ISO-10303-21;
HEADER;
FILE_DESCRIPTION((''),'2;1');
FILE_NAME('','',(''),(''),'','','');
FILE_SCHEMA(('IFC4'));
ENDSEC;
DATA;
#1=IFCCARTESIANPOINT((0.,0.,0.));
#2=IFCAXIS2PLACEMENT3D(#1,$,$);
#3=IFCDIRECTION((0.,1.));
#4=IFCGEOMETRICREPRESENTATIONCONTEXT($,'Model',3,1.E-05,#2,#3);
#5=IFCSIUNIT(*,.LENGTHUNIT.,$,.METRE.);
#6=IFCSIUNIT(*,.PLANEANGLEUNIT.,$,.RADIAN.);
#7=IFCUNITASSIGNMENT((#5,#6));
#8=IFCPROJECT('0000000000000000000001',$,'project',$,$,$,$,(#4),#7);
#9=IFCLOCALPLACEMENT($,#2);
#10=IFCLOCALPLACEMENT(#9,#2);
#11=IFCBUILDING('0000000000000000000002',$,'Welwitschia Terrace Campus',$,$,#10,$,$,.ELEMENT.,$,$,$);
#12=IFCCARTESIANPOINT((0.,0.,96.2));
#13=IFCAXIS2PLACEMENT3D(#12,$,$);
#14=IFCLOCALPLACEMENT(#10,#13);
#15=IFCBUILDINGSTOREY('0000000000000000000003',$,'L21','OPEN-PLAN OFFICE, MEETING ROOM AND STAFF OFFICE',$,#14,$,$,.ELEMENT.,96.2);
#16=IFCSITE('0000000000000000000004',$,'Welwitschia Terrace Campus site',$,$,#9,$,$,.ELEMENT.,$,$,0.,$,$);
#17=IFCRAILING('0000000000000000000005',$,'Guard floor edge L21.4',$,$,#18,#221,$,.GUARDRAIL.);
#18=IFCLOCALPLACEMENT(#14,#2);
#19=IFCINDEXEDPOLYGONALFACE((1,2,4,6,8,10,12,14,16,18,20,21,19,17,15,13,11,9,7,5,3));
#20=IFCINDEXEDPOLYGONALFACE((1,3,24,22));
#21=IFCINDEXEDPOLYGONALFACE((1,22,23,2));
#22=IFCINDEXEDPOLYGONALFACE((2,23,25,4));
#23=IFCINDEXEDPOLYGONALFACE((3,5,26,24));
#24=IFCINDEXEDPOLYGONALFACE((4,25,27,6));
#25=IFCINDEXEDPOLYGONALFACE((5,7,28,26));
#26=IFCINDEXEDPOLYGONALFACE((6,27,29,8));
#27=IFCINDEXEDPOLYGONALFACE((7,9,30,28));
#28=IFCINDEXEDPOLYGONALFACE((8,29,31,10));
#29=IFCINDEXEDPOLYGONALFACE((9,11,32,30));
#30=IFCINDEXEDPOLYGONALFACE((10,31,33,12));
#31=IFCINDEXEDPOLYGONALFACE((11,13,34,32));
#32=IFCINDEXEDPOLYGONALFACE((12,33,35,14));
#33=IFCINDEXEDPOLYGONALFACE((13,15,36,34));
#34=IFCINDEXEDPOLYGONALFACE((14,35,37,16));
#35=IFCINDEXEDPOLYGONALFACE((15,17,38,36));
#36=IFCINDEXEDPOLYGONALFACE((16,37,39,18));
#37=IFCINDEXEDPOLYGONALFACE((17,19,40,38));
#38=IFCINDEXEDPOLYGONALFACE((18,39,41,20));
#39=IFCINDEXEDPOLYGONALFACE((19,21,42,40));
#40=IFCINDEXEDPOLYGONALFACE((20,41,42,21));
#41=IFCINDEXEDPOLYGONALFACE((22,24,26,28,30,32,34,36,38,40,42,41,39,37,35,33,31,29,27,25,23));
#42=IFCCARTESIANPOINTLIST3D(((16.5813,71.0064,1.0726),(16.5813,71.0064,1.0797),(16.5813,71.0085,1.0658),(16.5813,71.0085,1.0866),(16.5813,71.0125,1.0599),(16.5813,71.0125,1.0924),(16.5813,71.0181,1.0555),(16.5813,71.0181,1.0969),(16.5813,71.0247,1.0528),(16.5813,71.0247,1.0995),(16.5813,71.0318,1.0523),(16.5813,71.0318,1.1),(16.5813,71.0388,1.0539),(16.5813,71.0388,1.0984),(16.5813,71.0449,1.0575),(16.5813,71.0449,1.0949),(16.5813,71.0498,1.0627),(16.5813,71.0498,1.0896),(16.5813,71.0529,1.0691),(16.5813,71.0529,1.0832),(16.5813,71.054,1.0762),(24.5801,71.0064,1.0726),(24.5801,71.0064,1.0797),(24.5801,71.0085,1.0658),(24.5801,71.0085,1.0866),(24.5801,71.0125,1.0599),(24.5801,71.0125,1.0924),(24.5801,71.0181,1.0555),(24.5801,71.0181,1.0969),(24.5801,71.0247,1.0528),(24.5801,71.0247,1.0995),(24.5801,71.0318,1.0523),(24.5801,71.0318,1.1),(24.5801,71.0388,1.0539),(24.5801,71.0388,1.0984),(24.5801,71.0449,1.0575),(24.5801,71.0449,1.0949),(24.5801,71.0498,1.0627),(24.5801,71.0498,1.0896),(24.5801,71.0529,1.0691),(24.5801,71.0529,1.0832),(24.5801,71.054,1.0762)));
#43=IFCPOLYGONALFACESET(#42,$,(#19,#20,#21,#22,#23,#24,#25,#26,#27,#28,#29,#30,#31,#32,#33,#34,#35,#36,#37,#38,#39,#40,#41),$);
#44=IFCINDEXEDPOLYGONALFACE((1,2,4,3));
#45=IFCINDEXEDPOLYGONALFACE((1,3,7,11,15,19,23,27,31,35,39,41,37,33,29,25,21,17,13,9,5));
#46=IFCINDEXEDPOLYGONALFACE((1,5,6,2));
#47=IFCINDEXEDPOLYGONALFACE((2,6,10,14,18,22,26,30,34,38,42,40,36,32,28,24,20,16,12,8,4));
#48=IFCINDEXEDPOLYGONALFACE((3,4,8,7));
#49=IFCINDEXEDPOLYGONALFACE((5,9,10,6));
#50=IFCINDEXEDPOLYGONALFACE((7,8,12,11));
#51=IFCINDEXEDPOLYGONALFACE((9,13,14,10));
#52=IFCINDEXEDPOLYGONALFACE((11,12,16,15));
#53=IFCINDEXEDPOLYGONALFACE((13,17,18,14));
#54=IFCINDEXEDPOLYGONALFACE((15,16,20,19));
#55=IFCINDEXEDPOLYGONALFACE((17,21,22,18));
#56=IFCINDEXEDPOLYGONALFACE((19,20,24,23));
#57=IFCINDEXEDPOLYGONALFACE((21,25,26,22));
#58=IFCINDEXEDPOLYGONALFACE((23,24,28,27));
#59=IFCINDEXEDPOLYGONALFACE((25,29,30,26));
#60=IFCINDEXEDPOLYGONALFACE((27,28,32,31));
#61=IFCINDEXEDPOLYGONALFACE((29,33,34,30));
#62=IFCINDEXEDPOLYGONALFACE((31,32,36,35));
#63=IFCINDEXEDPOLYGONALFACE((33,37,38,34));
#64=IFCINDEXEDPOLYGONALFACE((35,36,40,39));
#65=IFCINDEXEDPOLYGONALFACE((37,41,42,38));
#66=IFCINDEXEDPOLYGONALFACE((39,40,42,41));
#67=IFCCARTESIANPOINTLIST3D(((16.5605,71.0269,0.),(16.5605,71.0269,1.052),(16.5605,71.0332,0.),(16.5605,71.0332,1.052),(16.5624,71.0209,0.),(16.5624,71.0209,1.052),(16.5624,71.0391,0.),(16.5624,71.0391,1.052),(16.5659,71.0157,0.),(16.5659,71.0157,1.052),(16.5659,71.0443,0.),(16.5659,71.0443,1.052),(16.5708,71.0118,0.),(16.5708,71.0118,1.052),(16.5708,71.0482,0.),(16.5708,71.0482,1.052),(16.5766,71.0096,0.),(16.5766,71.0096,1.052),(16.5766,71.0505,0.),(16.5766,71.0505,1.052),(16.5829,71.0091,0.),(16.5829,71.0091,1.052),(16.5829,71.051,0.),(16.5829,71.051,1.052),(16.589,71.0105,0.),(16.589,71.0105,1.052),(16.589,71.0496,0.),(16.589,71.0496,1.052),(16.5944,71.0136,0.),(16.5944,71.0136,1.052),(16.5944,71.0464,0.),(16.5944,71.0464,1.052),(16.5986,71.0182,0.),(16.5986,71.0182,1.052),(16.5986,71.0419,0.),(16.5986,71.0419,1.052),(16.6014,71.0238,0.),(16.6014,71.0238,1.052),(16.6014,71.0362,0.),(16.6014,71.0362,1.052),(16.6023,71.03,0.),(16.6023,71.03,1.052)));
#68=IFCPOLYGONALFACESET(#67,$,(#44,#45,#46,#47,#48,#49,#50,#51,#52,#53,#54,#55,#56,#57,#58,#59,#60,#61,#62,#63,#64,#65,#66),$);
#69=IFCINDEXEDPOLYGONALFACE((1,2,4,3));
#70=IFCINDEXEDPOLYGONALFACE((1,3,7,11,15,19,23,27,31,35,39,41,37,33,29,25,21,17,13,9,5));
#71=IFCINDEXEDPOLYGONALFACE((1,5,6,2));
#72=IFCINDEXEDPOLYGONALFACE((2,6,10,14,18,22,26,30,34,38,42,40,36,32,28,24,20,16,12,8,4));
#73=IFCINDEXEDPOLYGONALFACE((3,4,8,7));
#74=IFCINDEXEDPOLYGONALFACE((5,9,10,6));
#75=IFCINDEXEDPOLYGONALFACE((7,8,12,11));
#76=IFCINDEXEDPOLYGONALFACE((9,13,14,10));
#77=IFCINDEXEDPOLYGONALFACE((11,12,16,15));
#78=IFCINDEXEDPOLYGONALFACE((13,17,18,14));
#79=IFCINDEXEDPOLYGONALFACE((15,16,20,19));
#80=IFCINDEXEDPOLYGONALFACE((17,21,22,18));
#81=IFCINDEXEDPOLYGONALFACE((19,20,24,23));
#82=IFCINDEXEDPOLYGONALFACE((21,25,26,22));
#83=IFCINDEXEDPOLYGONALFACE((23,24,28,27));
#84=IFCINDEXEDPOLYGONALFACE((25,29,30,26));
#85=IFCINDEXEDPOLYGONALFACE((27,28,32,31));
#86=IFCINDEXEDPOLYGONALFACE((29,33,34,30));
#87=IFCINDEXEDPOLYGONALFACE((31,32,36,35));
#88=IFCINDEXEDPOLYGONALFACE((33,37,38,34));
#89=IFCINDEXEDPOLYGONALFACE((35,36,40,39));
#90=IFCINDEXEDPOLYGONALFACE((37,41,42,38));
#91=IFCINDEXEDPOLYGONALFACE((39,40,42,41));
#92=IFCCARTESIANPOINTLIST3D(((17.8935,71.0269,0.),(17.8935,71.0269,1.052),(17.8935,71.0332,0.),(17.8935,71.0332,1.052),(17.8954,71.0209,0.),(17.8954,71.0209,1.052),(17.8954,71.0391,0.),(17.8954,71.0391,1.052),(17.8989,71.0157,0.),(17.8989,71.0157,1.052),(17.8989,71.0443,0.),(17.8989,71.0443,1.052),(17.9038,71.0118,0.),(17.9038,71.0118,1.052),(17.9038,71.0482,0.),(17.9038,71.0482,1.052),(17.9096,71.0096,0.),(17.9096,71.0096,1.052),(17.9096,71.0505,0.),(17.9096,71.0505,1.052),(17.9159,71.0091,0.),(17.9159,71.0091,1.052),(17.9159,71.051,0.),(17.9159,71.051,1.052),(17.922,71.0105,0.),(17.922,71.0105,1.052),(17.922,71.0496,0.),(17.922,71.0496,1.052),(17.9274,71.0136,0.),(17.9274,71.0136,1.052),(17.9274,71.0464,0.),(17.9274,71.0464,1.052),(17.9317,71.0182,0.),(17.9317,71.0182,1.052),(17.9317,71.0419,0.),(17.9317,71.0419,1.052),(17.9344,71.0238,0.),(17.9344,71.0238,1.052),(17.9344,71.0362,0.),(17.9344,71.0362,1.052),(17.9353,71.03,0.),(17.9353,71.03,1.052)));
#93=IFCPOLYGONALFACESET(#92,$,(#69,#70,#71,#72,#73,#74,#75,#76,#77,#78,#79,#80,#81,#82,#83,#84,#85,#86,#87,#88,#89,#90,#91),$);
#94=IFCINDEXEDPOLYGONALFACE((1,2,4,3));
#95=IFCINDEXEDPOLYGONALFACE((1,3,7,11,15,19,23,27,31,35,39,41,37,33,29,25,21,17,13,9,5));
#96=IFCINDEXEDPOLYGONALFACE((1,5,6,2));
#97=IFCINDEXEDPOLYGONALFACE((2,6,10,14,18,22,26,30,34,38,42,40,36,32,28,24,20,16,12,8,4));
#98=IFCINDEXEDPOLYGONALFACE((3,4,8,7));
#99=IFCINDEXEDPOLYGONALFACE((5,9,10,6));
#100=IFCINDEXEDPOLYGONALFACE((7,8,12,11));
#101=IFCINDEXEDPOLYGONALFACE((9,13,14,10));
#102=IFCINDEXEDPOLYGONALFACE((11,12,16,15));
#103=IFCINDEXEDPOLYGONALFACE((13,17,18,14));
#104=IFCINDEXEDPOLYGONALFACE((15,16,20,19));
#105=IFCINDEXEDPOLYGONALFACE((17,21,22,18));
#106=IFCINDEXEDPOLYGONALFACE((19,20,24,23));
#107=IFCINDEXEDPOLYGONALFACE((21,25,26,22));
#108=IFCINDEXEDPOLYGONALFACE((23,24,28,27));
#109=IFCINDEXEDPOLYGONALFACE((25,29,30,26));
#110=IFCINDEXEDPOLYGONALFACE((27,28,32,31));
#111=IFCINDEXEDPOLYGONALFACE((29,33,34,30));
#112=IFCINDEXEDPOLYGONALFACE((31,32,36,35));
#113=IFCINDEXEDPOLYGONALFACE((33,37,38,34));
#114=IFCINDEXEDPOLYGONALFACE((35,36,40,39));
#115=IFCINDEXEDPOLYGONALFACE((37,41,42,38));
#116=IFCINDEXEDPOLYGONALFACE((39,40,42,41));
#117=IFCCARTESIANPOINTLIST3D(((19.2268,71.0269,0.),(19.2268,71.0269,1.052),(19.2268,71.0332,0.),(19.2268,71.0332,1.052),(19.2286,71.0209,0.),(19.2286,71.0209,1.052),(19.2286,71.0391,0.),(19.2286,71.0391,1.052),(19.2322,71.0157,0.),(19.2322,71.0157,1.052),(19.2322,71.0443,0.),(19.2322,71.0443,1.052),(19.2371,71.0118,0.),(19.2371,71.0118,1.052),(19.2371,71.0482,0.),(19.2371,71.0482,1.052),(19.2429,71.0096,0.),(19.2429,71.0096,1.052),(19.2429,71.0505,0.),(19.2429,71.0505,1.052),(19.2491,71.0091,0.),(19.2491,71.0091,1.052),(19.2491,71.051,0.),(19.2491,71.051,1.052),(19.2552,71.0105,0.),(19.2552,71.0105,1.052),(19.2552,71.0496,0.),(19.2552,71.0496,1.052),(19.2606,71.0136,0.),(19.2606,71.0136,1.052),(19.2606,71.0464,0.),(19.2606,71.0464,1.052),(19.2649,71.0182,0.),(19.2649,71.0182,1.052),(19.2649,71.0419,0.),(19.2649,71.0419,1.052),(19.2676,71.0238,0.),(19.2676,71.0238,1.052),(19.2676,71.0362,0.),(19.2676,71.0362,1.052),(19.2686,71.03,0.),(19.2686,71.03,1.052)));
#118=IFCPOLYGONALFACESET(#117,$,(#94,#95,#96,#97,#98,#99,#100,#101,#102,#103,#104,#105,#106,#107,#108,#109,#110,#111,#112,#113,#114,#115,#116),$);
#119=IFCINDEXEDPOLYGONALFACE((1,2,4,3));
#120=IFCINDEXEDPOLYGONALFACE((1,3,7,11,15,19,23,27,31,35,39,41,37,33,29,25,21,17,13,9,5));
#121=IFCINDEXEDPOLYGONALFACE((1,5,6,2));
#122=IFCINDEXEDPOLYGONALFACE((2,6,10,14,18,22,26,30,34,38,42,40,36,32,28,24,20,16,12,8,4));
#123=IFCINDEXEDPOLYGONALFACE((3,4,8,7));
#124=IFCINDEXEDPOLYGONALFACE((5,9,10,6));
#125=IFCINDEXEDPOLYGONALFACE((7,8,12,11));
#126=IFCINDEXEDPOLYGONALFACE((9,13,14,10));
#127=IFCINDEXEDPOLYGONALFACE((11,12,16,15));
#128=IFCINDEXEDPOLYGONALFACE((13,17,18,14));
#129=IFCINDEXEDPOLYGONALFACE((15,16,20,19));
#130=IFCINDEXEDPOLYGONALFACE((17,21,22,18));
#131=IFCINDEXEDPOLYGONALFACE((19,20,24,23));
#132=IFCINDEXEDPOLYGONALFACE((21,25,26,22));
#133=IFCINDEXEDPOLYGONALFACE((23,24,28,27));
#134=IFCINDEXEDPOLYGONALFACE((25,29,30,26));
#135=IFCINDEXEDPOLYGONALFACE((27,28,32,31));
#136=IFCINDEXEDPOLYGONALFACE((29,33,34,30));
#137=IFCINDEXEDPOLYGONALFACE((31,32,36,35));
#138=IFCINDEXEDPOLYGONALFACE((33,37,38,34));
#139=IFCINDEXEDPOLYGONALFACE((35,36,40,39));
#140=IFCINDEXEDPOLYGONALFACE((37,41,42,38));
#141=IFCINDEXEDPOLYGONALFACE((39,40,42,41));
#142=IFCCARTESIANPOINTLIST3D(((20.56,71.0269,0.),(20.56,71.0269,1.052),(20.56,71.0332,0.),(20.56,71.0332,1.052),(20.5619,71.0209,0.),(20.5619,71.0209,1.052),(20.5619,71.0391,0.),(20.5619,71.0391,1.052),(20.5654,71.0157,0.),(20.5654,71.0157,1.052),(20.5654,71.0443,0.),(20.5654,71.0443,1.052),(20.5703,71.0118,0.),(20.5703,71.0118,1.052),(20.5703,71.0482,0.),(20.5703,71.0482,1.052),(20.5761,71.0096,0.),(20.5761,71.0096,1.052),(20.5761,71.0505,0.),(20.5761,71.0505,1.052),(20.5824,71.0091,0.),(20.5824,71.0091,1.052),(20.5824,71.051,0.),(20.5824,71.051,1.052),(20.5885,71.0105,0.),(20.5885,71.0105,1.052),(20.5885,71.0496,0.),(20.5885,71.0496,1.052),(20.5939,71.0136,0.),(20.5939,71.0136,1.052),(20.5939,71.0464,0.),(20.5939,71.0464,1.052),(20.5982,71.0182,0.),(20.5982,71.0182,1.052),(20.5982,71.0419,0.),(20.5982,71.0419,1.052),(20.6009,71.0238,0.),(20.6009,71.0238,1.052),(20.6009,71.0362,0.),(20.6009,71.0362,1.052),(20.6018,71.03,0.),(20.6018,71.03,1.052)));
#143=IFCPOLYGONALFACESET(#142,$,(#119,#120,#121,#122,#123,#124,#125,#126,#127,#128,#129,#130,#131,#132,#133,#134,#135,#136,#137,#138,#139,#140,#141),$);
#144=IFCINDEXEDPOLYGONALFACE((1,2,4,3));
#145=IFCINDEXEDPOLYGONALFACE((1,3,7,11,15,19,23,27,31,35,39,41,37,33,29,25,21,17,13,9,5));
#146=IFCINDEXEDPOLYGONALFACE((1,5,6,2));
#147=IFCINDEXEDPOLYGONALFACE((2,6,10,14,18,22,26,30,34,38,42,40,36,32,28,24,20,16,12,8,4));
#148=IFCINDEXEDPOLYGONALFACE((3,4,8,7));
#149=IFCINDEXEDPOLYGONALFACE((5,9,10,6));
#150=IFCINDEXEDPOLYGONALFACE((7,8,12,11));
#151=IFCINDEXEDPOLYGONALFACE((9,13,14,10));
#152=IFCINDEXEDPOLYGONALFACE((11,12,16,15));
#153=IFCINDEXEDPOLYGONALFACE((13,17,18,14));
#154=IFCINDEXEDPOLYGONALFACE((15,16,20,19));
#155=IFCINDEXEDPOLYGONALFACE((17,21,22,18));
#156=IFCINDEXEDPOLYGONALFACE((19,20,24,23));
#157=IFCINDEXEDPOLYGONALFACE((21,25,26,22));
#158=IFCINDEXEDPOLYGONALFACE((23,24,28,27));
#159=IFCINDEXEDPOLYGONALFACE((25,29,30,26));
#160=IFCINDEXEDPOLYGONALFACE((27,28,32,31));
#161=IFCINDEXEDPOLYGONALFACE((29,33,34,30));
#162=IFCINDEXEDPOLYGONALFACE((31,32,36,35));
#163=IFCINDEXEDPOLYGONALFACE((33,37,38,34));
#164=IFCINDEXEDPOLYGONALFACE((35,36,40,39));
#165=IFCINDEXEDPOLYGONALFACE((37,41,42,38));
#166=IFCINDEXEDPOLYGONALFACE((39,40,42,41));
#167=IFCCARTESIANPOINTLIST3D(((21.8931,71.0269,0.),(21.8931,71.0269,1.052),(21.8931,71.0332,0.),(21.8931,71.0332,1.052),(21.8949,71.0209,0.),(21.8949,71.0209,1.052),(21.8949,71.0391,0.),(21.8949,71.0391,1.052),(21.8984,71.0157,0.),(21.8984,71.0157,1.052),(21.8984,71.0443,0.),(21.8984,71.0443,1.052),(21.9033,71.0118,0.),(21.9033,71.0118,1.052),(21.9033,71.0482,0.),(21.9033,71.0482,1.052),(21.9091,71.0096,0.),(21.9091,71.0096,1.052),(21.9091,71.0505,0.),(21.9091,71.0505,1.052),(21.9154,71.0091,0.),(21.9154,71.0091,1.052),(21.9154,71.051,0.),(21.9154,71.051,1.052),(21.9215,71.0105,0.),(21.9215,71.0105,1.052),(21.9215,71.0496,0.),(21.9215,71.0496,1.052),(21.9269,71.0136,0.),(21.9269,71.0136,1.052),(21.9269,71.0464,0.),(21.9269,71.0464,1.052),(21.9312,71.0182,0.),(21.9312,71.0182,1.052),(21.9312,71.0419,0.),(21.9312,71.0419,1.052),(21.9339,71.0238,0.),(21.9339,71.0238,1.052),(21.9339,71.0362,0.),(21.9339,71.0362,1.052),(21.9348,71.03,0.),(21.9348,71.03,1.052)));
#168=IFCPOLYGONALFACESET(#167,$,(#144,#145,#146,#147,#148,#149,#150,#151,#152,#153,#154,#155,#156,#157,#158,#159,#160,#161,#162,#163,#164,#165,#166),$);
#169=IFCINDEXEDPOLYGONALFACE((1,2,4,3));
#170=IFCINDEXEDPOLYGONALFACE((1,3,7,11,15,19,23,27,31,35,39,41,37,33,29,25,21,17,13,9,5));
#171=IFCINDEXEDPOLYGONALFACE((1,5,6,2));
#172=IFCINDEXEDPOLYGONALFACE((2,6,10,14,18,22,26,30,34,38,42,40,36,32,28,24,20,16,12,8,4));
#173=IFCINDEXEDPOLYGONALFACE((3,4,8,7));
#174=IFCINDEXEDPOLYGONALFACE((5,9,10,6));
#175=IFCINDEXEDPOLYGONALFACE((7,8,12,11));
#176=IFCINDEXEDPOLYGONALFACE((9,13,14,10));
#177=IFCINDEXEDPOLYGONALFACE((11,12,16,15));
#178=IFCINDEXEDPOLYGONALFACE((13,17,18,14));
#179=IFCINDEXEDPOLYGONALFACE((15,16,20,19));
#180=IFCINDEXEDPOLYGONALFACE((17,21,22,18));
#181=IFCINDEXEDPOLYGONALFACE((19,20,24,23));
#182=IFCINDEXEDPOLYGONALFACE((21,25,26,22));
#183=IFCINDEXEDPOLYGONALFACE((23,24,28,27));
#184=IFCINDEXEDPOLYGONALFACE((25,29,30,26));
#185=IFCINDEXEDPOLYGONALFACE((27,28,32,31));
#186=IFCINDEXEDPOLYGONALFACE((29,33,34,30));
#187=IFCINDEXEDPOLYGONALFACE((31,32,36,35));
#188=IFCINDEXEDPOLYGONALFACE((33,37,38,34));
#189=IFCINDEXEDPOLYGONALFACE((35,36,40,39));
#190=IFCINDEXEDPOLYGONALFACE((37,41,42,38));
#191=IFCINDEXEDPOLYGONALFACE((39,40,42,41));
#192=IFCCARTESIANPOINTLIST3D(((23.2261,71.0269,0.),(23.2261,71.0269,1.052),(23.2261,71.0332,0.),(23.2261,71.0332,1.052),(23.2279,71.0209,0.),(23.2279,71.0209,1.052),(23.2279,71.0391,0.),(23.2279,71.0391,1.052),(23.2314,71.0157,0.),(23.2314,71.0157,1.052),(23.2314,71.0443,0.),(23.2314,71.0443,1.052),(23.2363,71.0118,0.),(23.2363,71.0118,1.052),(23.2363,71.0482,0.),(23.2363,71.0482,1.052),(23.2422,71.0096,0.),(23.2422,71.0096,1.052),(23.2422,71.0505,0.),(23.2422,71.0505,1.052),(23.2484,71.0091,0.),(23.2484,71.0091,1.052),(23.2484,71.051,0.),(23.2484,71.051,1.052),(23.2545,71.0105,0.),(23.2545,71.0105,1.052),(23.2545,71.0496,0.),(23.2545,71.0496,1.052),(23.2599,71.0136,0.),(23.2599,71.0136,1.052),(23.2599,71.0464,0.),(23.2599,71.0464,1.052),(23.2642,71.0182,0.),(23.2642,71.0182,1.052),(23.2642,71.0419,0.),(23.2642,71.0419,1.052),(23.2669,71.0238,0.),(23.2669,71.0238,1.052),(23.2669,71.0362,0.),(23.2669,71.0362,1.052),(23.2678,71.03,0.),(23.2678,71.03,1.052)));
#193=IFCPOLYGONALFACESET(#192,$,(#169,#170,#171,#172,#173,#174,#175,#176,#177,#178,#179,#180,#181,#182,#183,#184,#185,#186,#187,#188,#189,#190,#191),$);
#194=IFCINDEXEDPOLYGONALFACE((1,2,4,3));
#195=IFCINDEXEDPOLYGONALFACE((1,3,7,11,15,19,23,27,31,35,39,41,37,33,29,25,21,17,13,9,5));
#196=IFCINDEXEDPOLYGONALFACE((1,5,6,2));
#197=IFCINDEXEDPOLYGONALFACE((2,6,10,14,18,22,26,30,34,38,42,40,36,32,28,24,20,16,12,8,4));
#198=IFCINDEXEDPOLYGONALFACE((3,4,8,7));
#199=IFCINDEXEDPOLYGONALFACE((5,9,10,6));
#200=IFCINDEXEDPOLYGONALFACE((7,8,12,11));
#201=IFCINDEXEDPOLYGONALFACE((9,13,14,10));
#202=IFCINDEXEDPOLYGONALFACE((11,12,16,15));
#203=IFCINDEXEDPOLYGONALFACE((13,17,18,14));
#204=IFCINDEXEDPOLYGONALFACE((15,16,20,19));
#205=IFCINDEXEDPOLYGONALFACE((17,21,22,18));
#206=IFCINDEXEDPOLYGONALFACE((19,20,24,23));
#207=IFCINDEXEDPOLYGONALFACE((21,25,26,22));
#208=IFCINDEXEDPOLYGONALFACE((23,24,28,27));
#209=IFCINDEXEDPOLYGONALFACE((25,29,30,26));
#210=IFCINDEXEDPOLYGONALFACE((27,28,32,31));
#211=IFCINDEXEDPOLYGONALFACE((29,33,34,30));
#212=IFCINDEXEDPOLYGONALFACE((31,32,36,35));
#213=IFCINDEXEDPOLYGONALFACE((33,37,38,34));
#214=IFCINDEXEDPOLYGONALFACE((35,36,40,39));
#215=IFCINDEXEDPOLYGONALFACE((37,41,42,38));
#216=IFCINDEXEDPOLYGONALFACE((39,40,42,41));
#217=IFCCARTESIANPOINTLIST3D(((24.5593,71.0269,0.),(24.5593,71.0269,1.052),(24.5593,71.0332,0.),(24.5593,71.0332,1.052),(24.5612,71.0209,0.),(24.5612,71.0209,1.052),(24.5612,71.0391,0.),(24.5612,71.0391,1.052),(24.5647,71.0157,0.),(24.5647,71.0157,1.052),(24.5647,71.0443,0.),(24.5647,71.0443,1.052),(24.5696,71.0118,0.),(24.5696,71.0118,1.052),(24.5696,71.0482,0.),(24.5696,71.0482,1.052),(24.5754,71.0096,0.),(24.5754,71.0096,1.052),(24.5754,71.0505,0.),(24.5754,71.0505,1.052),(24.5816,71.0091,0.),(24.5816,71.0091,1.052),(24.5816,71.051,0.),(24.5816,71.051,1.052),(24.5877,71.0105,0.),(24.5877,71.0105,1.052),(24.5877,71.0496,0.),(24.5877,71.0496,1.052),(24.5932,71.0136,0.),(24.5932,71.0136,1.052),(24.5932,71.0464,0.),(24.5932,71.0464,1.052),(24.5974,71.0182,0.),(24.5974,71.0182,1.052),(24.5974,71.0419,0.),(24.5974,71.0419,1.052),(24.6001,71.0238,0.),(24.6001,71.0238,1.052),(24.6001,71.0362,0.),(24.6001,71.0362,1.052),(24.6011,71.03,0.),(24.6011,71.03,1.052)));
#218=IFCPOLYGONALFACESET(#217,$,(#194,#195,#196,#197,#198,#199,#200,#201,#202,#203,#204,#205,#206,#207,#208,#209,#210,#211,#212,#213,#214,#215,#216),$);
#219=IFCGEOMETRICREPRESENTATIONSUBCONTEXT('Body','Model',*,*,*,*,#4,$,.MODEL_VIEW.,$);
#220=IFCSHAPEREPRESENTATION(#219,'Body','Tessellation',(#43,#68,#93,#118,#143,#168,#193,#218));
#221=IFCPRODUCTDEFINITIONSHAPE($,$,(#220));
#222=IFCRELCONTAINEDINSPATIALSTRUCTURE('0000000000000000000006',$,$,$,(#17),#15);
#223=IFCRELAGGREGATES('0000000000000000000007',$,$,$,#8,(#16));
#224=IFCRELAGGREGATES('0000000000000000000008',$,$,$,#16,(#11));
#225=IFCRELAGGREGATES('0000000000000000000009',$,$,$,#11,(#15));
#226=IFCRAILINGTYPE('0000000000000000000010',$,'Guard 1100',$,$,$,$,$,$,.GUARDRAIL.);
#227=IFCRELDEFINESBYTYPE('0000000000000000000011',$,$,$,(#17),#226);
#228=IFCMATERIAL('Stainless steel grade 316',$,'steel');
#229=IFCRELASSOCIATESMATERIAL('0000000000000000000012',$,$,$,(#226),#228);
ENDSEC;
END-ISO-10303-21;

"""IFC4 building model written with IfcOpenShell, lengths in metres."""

from ifc_helpers import new_model, si_unit, direction, frame, origin, origin_2d, place, context, subcontext, project, spatial, circle, extrude, material, type_object, element, save


model = new_model("IFC4")

# Units and contexts
model_context = context("Model", 3, precision=1e-05, world=origin(), true_north=direction((0.0, 1.0)))
body_context = subcontext(model_context, "Body", "Model", "MODEL_VIEW")
ifc_project = project(units=[si_unit("LENGTHUNIT", "METRE"), si_unit("PLANEANGLEUNIT", "RADIAN")], contexts=[model_context])

# Site, building, storey
site_placement = place(None, origin())
site = spatial("IfcSite", under=ifc_project, at=site_placement, Name="Welwitschia Terrace Campus site", CompositionType="ELEMENT", RefElevation=0.0)
building_placement = place(site_placement, origin())
building = spatial("IfcBuilding", under=site, at=building_placement, Name="Welwitschia Terrace Campus", CompositionType="ELEMENT")
storey_placement = place(building_placement, frame((0.0, 0.0, 96.2)))
storey = spatial("IfcBuildingStorey", under=building, at=storey_placement, Name="L21", Description="OPEN-PLAN OFFICE, MEETING ROOM AND STAFF OFFICE", CompositionType="ELEMENT", Elevation=96.2)

# Railing
ifc_material_1 = material(Name="Stainless steel grade 316", Category="steel")
railing_type = type_object("IfcRailingType", Name="Guard 1100", PredefinedType="GUARDRAIL", material=ifc_material_1)
railing_placement = place(storey_placement, frame((16.5813, 71.03, 0.0)))
element("IfcRailing", 1, at=railing_placement, inside=storey, type_object=railing_type, Name="Guard floor edge L21.4", PredefinedType="GUARDRAIL", context=body_context, shape_type="SweptSolid", body=[
    extrude(circle(Radius=0.0239, at=origin_2d()), frame((0.0, 0.0, 1.0762), z_axis=(1.0, 0.0, 0.0), x_axis=(0.0, 1.0, 0.0)), (0.0, 0.0, 1.0), 7.9988),
    extrude(circle(Radius=0.021, at=origin_2d()), origin(), (0.0, 0.0, 1.0), 1.052),
    extrude(circle(Radius=0.021, at=origin_2d()), frame((1.333, 0.0, 0.0)), (0.0, 0.0, 1.0), 1.052),
    extrude(circle(Radius=0.021, at=origin_2d()), frame((2.6663, 0.0, 0.0)), (0.0, 0.0, 1.0), 1.052),
    extrude(circle(Radius=0.021, at=origin_2d()), frame((3.9995, 0.0, 0.0)), (0.0, 0.0, 1.0), 1.052),
    extrude(circle(Radius=0.021, at=origin_2d()), frame((5.3325, 0.0, 0.0)), (0.0, 0.0, 1.0), 1.052),
    extrude(circle(Radius=0.021, at=origin_2d()), frame((6.6655, 0.0, 0.0)), (0.0, 0.0, 1.0), 1.052),
    extrude(circle(Radius=0.021, at=origin_2d()), frame((7.9988, 0.0, 0.0)), (0.0, 0.0, 1.0), 1.052),
])

save(model, "model.ifc")
